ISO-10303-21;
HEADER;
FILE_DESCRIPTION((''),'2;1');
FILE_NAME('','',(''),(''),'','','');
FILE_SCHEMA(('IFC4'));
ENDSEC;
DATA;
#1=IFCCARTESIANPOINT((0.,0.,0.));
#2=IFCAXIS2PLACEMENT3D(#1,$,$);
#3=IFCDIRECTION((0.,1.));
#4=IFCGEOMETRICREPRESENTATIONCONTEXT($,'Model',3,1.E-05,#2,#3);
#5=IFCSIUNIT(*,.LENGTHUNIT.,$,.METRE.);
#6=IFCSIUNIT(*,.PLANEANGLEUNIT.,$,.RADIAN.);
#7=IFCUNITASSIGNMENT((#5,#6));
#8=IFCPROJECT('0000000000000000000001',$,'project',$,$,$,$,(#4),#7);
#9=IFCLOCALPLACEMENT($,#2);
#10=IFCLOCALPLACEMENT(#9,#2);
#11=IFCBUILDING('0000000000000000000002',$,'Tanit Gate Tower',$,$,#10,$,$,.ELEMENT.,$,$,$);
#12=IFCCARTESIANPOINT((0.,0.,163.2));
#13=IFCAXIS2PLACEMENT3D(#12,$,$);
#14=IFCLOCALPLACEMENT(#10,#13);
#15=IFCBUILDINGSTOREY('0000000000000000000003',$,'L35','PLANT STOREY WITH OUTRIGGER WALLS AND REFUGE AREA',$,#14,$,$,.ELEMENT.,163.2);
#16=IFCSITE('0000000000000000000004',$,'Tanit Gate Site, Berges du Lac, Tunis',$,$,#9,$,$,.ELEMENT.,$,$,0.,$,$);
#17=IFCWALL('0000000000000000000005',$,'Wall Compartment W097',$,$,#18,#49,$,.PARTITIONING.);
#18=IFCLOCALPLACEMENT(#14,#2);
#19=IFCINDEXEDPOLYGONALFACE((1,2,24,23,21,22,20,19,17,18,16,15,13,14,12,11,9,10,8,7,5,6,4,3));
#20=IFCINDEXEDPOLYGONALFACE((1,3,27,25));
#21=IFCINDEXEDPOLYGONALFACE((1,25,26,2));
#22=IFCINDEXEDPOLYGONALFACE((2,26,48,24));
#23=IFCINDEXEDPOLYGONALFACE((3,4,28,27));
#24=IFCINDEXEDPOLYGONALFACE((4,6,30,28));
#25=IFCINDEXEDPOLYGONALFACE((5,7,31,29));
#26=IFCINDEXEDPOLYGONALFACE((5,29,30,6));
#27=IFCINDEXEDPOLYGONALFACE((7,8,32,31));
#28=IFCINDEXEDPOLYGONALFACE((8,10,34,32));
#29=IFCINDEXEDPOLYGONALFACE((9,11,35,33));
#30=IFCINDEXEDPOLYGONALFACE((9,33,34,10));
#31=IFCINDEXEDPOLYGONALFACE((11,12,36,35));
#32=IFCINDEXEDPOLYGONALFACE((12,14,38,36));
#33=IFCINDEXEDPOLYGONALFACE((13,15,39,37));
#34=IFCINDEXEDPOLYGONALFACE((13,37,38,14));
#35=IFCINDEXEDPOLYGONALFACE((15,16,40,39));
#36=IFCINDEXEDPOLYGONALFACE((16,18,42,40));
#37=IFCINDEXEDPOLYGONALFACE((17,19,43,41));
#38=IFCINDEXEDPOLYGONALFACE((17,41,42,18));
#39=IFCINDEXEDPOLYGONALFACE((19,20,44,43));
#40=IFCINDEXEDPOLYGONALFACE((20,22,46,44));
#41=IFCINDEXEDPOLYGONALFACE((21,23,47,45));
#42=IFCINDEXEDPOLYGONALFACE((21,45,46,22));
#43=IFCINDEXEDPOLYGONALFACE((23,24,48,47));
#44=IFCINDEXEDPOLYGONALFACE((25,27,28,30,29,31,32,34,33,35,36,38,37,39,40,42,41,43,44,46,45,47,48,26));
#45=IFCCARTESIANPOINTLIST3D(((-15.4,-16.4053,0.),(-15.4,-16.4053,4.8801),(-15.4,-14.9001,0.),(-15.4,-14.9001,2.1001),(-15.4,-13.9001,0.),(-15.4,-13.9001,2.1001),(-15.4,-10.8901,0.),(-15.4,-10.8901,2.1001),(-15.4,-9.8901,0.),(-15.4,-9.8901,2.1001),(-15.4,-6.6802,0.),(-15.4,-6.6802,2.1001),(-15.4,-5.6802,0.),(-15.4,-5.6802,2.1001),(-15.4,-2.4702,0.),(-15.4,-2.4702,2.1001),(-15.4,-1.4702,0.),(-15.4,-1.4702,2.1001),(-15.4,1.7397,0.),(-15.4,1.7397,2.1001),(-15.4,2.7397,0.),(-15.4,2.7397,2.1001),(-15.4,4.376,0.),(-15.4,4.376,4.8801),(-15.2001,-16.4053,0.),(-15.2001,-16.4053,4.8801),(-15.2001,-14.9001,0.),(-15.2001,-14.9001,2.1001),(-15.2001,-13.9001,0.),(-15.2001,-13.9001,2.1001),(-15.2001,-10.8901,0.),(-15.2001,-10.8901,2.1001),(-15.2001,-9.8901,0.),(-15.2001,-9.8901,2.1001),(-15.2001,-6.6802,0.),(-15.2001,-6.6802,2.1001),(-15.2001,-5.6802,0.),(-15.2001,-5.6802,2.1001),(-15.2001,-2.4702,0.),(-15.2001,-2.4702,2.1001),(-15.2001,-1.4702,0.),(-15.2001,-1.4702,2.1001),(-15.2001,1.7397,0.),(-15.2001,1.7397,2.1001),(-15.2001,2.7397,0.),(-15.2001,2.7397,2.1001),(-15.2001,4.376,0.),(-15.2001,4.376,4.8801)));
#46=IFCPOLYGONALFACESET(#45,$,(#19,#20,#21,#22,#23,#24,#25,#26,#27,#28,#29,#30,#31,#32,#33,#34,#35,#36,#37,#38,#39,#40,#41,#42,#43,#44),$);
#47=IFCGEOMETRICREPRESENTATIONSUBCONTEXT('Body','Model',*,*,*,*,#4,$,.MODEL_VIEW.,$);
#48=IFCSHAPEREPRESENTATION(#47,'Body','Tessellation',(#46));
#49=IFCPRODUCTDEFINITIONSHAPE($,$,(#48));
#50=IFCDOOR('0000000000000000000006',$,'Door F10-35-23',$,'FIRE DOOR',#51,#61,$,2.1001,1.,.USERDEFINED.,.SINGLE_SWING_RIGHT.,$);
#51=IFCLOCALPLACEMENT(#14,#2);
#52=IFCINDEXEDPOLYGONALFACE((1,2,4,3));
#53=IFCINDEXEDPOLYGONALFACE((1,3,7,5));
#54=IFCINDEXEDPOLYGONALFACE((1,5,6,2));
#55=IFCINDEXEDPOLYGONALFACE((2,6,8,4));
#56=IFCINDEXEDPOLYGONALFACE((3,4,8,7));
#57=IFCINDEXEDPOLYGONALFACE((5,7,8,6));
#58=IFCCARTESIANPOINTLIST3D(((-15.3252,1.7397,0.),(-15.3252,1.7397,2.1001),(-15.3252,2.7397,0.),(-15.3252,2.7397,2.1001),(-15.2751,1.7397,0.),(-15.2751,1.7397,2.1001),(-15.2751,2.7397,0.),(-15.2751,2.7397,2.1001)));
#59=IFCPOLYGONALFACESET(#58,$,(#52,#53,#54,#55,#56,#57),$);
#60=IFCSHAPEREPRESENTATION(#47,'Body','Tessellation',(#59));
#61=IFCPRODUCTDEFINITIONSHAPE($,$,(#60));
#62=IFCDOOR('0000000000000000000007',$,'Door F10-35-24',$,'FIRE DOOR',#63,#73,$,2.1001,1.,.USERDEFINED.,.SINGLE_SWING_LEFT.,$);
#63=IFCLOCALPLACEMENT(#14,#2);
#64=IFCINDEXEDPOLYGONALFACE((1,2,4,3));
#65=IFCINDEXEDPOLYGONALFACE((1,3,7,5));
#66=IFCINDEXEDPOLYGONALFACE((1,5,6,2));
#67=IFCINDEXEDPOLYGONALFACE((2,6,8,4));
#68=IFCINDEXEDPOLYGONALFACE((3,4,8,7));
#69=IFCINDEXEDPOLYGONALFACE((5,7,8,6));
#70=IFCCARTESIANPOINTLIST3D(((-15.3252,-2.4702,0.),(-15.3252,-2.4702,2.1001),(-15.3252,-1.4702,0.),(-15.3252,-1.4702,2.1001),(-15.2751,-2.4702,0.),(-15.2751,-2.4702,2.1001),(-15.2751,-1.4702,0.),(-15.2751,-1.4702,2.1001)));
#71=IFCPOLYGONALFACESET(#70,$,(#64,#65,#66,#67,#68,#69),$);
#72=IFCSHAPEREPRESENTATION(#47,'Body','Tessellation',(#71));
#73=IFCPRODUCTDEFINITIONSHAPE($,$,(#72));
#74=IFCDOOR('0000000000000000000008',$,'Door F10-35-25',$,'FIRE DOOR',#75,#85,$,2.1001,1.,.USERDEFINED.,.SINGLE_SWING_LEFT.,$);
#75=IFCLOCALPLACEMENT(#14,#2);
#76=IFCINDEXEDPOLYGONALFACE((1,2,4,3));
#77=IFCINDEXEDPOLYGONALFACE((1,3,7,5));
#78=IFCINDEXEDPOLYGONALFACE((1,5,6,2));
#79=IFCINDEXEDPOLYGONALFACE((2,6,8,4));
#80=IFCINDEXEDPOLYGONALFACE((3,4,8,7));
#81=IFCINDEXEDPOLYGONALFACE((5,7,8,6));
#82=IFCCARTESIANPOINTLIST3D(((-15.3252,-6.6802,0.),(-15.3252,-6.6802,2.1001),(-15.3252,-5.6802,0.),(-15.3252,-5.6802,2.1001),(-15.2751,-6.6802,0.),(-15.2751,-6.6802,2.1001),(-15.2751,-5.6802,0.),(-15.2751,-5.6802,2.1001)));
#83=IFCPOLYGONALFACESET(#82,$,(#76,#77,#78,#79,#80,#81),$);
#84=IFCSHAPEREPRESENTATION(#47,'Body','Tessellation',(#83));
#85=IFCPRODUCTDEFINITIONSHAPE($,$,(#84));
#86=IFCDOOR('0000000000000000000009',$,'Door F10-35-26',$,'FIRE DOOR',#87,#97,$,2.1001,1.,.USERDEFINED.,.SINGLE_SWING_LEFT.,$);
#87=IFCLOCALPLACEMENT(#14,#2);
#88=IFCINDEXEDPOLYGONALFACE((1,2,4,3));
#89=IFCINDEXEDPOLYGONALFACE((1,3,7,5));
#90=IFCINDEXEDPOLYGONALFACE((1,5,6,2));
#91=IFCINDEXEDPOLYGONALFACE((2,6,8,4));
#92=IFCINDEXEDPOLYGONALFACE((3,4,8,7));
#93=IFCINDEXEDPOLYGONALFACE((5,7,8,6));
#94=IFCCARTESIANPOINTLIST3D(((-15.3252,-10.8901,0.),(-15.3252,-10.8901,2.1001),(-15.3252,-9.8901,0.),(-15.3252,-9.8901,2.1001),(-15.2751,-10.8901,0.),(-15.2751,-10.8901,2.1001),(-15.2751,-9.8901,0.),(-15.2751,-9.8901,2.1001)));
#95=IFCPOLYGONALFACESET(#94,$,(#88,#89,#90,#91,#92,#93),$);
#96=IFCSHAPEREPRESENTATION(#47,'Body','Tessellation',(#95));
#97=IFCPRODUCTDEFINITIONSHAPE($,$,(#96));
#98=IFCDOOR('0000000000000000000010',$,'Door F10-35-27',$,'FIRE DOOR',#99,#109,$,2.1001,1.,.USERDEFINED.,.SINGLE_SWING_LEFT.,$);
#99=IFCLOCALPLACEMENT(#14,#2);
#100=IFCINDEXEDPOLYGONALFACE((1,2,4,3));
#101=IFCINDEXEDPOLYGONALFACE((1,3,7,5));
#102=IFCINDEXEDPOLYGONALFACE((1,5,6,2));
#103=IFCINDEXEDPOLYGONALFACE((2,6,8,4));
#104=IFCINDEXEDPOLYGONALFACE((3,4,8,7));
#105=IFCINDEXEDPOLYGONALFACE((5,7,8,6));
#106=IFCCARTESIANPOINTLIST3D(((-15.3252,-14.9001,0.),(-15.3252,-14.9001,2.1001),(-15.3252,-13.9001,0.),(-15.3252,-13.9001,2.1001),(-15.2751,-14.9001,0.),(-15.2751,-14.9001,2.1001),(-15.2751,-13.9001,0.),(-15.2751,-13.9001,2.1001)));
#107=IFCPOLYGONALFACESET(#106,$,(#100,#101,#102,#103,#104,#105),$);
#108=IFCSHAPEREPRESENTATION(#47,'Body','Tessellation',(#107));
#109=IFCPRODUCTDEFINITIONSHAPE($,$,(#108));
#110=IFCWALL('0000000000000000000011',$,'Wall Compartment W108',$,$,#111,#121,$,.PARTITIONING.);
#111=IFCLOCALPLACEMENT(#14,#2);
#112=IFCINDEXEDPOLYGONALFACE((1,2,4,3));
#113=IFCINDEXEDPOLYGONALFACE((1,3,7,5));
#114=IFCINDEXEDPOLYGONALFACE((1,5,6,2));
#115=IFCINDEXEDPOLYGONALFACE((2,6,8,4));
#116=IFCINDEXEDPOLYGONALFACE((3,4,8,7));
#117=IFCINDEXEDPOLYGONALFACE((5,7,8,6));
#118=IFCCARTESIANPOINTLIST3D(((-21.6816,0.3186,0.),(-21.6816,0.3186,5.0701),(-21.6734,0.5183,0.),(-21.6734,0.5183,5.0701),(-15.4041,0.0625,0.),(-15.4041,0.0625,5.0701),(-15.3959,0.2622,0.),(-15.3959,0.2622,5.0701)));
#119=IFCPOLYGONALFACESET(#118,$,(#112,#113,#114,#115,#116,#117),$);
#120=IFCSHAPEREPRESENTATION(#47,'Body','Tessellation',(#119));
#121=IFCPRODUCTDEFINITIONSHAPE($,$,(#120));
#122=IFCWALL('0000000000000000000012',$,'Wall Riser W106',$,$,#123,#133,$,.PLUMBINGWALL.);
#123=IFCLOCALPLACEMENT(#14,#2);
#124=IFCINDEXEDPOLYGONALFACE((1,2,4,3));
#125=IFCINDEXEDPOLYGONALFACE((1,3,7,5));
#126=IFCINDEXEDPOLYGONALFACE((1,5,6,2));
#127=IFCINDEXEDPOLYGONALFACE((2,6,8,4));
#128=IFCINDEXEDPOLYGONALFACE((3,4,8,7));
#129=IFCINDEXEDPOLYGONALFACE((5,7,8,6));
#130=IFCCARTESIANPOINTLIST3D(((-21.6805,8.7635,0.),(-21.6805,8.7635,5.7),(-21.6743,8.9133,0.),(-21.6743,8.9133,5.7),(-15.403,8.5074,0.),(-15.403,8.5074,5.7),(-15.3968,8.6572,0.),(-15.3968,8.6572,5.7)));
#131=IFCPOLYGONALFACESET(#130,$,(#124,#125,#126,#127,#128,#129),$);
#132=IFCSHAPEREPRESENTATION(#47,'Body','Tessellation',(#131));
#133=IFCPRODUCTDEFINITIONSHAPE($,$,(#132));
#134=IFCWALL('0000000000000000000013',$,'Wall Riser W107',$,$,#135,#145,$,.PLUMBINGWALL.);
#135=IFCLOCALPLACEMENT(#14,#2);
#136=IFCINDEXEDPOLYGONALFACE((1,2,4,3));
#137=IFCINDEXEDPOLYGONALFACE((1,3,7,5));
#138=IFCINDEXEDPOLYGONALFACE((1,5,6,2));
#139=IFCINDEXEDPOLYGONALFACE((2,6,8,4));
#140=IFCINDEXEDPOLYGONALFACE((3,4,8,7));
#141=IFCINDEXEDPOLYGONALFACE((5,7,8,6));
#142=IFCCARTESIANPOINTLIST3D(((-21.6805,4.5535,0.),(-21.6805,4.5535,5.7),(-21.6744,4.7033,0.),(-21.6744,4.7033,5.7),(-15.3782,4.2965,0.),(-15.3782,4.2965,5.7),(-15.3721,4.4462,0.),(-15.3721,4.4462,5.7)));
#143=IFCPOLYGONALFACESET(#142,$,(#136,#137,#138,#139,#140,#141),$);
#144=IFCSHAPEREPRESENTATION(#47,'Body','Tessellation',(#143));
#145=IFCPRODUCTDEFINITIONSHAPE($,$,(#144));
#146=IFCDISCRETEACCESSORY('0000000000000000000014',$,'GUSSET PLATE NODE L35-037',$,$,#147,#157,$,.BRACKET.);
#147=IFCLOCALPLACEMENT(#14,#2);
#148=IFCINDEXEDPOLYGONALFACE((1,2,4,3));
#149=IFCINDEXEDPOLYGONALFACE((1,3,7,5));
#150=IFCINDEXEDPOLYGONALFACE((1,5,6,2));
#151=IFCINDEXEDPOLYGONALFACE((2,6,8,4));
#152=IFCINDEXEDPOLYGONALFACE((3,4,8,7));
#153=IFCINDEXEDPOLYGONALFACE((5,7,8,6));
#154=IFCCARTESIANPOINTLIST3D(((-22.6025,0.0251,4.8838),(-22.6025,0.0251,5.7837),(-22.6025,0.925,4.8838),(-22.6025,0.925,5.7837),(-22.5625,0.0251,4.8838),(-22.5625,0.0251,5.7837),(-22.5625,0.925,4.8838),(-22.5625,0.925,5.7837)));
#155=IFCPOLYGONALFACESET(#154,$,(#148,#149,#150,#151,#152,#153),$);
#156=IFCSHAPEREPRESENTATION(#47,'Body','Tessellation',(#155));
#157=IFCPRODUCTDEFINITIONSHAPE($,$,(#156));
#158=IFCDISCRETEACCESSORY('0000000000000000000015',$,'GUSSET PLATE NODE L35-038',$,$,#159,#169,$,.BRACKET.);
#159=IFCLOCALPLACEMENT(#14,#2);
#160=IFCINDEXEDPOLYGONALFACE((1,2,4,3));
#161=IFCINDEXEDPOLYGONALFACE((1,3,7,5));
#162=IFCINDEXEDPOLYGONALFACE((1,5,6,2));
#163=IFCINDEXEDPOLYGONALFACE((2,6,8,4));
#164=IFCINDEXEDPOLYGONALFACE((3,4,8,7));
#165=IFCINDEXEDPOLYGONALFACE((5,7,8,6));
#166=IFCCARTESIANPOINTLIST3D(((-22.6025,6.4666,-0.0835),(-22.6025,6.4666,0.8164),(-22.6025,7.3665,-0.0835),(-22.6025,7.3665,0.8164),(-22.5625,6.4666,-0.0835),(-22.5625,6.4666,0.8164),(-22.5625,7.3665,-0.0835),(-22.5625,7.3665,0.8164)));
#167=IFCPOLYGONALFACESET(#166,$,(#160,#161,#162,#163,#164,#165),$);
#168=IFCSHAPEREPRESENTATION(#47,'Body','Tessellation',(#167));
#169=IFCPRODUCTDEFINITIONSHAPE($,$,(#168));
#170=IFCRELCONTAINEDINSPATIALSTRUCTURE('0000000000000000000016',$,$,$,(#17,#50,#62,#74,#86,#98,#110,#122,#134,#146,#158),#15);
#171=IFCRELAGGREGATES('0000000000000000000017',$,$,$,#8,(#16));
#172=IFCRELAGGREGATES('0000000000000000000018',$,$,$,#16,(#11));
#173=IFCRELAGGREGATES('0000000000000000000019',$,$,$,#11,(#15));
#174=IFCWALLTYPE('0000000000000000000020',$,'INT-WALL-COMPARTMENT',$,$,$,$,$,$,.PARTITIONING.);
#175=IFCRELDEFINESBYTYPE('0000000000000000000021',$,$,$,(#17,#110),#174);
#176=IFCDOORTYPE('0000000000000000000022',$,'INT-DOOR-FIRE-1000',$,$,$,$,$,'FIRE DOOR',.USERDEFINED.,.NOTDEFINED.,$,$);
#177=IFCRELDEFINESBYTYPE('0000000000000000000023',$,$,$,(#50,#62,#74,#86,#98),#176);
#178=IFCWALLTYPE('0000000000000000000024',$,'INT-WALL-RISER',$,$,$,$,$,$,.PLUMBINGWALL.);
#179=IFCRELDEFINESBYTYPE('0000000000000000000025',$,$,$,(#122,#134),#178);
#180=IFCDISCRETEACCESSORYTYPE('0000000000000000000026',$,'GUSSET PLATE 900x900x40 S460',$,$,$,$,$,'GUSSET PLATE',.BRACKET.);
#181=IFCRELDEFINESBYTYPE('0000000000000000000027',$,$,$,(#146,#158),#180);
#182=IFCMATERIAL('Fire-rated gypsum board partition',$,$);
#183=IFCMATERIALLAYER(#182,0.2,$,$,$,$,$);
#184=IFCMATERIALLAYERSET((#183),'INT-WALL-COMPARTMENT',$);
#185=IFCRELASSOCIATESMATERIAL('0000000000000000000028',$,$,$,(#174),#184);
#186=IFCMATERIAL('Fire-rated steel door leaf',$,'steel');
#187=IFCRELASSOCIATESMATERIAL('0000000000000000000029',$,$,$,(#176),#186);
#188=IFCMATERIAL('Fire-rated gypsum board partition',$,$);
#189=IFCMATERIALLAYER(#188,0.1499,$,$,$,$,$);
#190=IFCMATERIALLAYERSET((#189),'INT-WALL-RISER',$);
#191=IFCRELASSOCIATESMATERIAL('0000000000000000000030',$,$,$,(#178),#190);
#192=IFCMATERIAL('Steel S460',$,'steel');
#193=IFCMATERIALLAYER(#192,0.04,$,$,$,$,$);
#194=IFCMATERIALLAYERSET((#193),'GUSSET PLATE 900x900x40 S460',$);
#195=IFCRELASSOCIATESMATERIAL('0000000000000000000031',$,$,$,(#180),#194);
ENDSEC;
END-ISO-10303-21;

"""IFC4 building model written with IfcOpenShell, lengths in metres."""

from ifc_helpers import new_model, si_unit, direction, frame, frame_2d, origin, origin_2d, place, context, subcontext, project, spatial, rectangle, extrude, material, layer, layer_set, type_object, element, fill, save


model = new_model("IFC4")

# Units and contexts
model_context = context("Model", 3, precision=1e-05, world=origin(), true_north=direction((0.0, 1.0)))
body_context = subcontext(model_context, "Body", "Model", "MODEL_VIEW")
ifc_project = project(units=[si_unit("LENGTHUNIT", "METRE"), si_unit("PLANEANGLEUNIT", "RADIAN")], contexts=[model_context])

# Site, building, storey
site_placement = place(None, origin())
site = spatial("IfcSite", under=ifc_project, at=site_placement, Name="Tanit Gate Site, Berges du Lac, Tunis", CompositionType="ELEMENT", RefElevation=0.0)
building_placement = place(site_placement, origin())
building = spatial("IfcBuilding", under=site, at=building_placement, Name="Tanit Gate Tower", CompositionType="ELEMENT")
storey_placement = place(building_placement, frame((0.0, 0.0, 163.2)))
storey = spatial("IfcBuildingStorey", under=building, at=storey_placement, Name="L35", Description="PLANT STOREY WITH OUTRIGGER WALLS AND REFUGE AREA", CompositionType="ELEMENT", Elevation=163.2)

# Wall, openings, doors
ifc_material_1 = material(Name="Fire-rated gypsum board partition")
ifc_layer_1 = layer(ifc_material_1, 0.2)
ifc_layer_set_1 = layer_set([ifc_layer_1], Name="INT-WALL-COMPARTMENT")
wall_type_1 = type_object("IfcWallType", Name="INT-WALL-COMPARTMENT", PredefinedType="PARTITIONING", material=ifc_layer_set_1)
wall_1_placement = place(storey_placement, frame((-15.3, 4.376, 0.0), z_axis=(0.0, 0.0, 1.0), x_axis=(0.0, -1.0, 0.0)))
wall_1 = element("IfcWall", 1, at=wall_1_placement, inside=storey, type_object=wall_type_1, Name="Wall Compartment W097", PredefinedType="PARTITIONING", context=body_context, shape_type="SweptSolid", body=[
    extrude(rectangle(XDim=20.7812, YDim=0.2, at=frame_2d((10.3906, 0.0))), origin(), (0.0, 0.0, 1.0), 4.8801),
])
opening_1_placement = place(wall_1_placement, frame((1.6362, 0.0, 0.0)))
opening_1 = element("IfcOpeningElement", 2, at=opening_1_placement, cuts=wall_1, PredefinedType="OPENING", context=body_context, shape_type="SweptSolid", body=[
    extrude(rectangle(XDim=1.0, YDim=2.1001, at=frame_2d((0.5, 1.05))), frame((0.0, 0.1099, 0.0), z_axis=(0.0, -1.0, 0.0), x_axis=(1.0, 0.0, 0.0)), (0.0, 0.0, 1.0), 0.22),
])
opening_2_placement = place(wall_1_placement, frame((5.8462, 0.0, 0.0)))
opening_2 = element("IfcOpeningElement", 3, at=opening_2_placement, cuts=wall_1, PredefinedType="OPENING", context=body_context, shape_type="SweptSolid", body=[
    extrude(rectangle(XDim=1.0, YDim=2.1001, at=frame_2d((0.5, 1.05))), frame((0.0, 0.1099, 0.0), z_axis=(0.0, -1.0, 0.0), x_axis=(1.0, 0.0, 0.0)), (0.0, 0.0, 1.0), 0.22),
])
opening_3_placement = place(wall_1_placement, frame((10.0562, 0.0, 0.0)))
opening_3 = element("IfcOpeningElement", 4, at=opening_3_placement, cuts=wall_1, PredefinedType="OPENING", context=body_context, shape_type="SweptSolid", body=[
    extrude(rectangle(XDim=1.0, YDim=2.1001, at=frame_2d((0.5, 1.05))), frame((0.0, 0.1099, 0.0), z_axis=(0.0, -1.0, 0.0), x_axis=(1.0, 0.0, 0.0)), (0.0, 0.0, 1.0), 0.22),
])
opening_4_placement = place(wall_1_placement, frame((14.2661, 0.0, 0.0)))
opening_4 = element("IfcOpeningElement", 5, at=opening_4_placement, cuts=wall_1, PredefinedType="OPENING", context=body_context, shape_type="SweptSolid", body=[
    extrude(rectangle(XDim=1.0, YDim=2.1001, at=frame_2d((0.5, 1.05))), frame((0.0, 0.1099, 0.0), z_axis=(0.0, -1.0, 0.0), x_axis=(1.0, 0.0, 0.0)), (0.0, 0.0, 1.0), 0.22),
])
opening_5_placement = place(wall_1_placement, frame((18.2761, 0.0, 0.0)))
opening_5 = element("IfcOpeningElement", 6, at=opening_5_placement, cuts=wall_1, PredefinedType="OPENING", context=body_context, shape_type="SweptSolid", body=[
    extrude(rectangle(XDim=1.0, YDim=2.1001, at=frame_2d((0.5, 1.05))), frame((0.0, 0.1099, 0.0), z_axis=(0.0, -1.0, 0.0), x_axis=(1.0, 0.0, 0.0)), (0.0, 0.0, 1.0), 0.22),
])
ifc_material_2 = material(Name="Fire-rated steel door leaf", Category="steel")
door_type = type_object("IfcDoorType", Name="INT-DOOR-FIRE-1000", ElementType="FIRE DOOR", OperationType="NOTDEFINED", PredefinedType="USERDEFINED", material=ifc_material_2)
door_1_placement = place(opening_1_placement, origin())
door_1 = element("IfcDoor", 7, at=door_1_placement, inside=storey, type_object=door_type, Name="Door F10-35-23", ObjectType="FIRE DOOR", OperationType="SINGLE_SWING_RIGHT", OverallHeight=2.1001, OverallWidth=1.0, PredefinedType="USERDEFINED", context=body_context, shape_type="SweptSolid", body=[
    extrude(rectangle(XDim=1.0, YDim=2.1001, at=frame_2d((0.5, 1.05))), frame((0.0, 0.0249, 0.0), z_axis=(0.0, -1.0, 0.0), x_axis=(1.0, 0.0, 0.0)), (0.0, 0.0, 1.0), 0.05),
])
fill(opening_1, door_1)
door_2_placement = place(opening_2_placement, origin())
door_2 = element("IfcDoor", 8, at=door_2_placement, inside=storey, type_object=door_type, Name="Door F10-35-24", ObjectType="FIRE DOOR", OperationType="SINGLE_SWING_LEFT", OverallHeight=2.1001, OverallWidth=1.0, PredefinedType="USERDEFINED", context=body_context, shape_type="SweptSolid", body=[
    extrude(rectangle(XDim=1.0, YDim=2.1001, at=frame_2d((0.5, 1.05))), frame((0.0, 0.0249, 0.0), z_axis=(0.0, -1.0, 0.0), x_axis=(1.0, 0.0, 0.0)), (0.0, 0.0, 1.0), 0.05),
])
fill(opening_2, door_2)
door_3_placement = place(opening_3_placement, origin())
door_3 = element("IfcDoor", 9, at=door_3_placement, inside=storey, type_object=door_type, Name="Door F10-35-25", ObjectType="FIRE DOOR", OperationType="SINGLE_SWING_LEFT", OverallHeight=2.1001, OverallWidth=1.0, PredefinedType="USERDEFINED", context=body_context, shape_type="SweptSolid", body=[
    extrude(rectangle(XDim=1.0, YDim=2.1001, at=frame_2d((0.5, 1.05))), frame((0.0, 0.0249, 0.0), z_axis=(0.0, -1.0, 0.0), x_axis=(1.0, 0.0, 0.0)), (0.0, 0.0, 1.0), 0.05),
])
fill(opening_3, door_3)
door_4_placement = place(opening_4_placement, origin())
door_4 = element("IfcDoor", 10, at=door_4_placement, inside=storey, type_object=door_type, Name="Door F10-35-26", ObjectType="FIRE DOOR", OperationType="SINGLE_SWING_LEFT", OverallHeight=2.1001, OverallWidth=1.0, PredefinedType="USERDEFINED", context=body_context, shape_type="SweptSolid", body=[
    extrude(rectangle(XDim=1.0, YDim=2.1001, at=frame_2d((0.5, 1.05))), frame((0.0, 0.0249, 0.0), z_axis=(0.0, -1.0, 0.0), x_axis=(1.0, 0.0, 0.0)), (0.0, 0.0, 1.0), 0.05),
])
fill(opening_4, door_4)
door_5_placement = place(opening_5_placement, origin())
door_5 = element("IfcDoor", 11, at=door_5_placement, inside=storey, type_object=door_type, Name="Door F10-35-27", ObjectType="FIRE DOOR", OperationType="SINGLE_SWING_LEFT", OverallHeight=2.1001, OverallWidth=1.0, PredefinedType="USERDEFINED", context=body_context, shape_type="SweptSolid", body=[
    extrude(rectangle(XDim=1.0, YDim=2.1001, at=frame_2d((0.5, 1.05))), frame((0.0, 0.0249, 0.0), z_axis=(0.0, -1.0, 0.0), x_axis=(1.0, 0.0, 0.0)), (0.0, 0.0, 1.0), 0.05),
])
fill(opening_5, door_5)

# Walls
wall_2_placement = place(storey_placement, frame((-21.6775, 0.4185, 0.0), z_axis=(0.0, 0.0, 1.0), x_axis=(0.999169, -0.040763, 0.0)))
element("IfcWall", 12, at=wall_2_placement, inside=storey, type_object=wall_type_1, Name="Wall Compartment W108", PredefinedType="PARTITIONING", context=body_context, shape_type="SweptSolid", body=[
    extrude(rectangle(XDim=6.2827, YDim=0.2, at=frame_2d((3.1414, 0.0))), origin(), (0.0, 0.0, 1.0), 5.0701),
])
ifc_material_3 = material(Name="Fire-rated gypsum board partition")
ifc_layer_2 = layer(ifc_material_3, 0.1499)
ifc_layer_set_2 = layer_set([ifc_layer_2], Name="INT-WALL-RISER")
wall_type_2 = type_object("IfcWallType", Name="INT-WALL-RISER", PredefinedType="PLUMBINGWALL", material=ifc_layer_set_2)
wall_3_placement = place(storey_placement, frame((-15.3999, 8.5823, 0.0), z_axis=(0.0, 0.0, 1.0), x_axis=(-0.999169, 0.040763, 0.0)))
element("IfcWall", 13, at=wall_3_placement, inside=storey, type_object=wall_type_2, Name="Wall Riser W106", PredefinedType="PLUMBINGWALL", context=body_context, shape_type="SweptSolid", body=[
    extrude(rectangle(XDim=6.2827, YDim=0.1499, at=frame_2d((3.1414, 0.0))), origin(), (0.0, 0.0, 1.0), 5.7),
])
wall_4_placement = place(storey_placement, frame((-21.6775, 4.6284, 0.0), z_axis=(0.0, 0.0, 1.0), x_axis=(0.999169, -0.040756, 0.0)))
element("IfcWall", 14, at=wall_4_placement, inside=storey, type_object=wall_type_2, Name="Wall Riser W107", PredefinedType="PLUMBINGWALL", context=body_context, shape_type="SweptSolid", body=[
    extrude(rectangle(XDim=6.3076, YDim=0.1499, at=frame_2d((3.1538, 0.0))), origin(), (0.0, 0.0, 1.0), 5.7),
])

# Discrete accessories
ifc_material_4 = material(Name="Steel S460", Category="steel")
ifc_layer_3 = layer(ifc_material_4, 0.04)
ifc_layer_set_3 = layer_set([ifc_layer_3], Name="GUSSET PLATE 900x900x40 S460")
discrete_accessory_type = type_object("IfcDiscreteAccessoryType", Name="GUSSET PLATE 900x900x40 S460", ElementType="GUSSET PLATE", PredefinedType="BRACKET", material=ifc_layer_set_3)
for number, where, z_axis, x_axis, name in (
    (15, (-22.5825, 0.4751, 4.8838), (0.0, 0.0, 1.0), (0.0, 1.0, 0.0), "GUSSET PLATE NODE L35-037"),
    (16, (-22.5825, 6.9165, -0.0835), (0.0, 0.0, 1.0), (0.0, -1.0, 0.0), "GUSSET PLATE NODE L35-038"),
):
    element("IfcDiscreteAccessory", number, at=place(storey_placement, frame(where, z_axis=z_axis, x_axis=x_axis)), inside=storey, type_object=discrete_accessory_type, Name=name, PredefinedType="BRACKET", context=body_context, shape_type="SweptSolid", body=[
        extrude(rectangle(XDim=0.8999, YDim=0.04, at=origin_2d()), origin(), (0.0, 0.0, 1.0), 0.8999),
    ])

save(model, "model.ifc")
